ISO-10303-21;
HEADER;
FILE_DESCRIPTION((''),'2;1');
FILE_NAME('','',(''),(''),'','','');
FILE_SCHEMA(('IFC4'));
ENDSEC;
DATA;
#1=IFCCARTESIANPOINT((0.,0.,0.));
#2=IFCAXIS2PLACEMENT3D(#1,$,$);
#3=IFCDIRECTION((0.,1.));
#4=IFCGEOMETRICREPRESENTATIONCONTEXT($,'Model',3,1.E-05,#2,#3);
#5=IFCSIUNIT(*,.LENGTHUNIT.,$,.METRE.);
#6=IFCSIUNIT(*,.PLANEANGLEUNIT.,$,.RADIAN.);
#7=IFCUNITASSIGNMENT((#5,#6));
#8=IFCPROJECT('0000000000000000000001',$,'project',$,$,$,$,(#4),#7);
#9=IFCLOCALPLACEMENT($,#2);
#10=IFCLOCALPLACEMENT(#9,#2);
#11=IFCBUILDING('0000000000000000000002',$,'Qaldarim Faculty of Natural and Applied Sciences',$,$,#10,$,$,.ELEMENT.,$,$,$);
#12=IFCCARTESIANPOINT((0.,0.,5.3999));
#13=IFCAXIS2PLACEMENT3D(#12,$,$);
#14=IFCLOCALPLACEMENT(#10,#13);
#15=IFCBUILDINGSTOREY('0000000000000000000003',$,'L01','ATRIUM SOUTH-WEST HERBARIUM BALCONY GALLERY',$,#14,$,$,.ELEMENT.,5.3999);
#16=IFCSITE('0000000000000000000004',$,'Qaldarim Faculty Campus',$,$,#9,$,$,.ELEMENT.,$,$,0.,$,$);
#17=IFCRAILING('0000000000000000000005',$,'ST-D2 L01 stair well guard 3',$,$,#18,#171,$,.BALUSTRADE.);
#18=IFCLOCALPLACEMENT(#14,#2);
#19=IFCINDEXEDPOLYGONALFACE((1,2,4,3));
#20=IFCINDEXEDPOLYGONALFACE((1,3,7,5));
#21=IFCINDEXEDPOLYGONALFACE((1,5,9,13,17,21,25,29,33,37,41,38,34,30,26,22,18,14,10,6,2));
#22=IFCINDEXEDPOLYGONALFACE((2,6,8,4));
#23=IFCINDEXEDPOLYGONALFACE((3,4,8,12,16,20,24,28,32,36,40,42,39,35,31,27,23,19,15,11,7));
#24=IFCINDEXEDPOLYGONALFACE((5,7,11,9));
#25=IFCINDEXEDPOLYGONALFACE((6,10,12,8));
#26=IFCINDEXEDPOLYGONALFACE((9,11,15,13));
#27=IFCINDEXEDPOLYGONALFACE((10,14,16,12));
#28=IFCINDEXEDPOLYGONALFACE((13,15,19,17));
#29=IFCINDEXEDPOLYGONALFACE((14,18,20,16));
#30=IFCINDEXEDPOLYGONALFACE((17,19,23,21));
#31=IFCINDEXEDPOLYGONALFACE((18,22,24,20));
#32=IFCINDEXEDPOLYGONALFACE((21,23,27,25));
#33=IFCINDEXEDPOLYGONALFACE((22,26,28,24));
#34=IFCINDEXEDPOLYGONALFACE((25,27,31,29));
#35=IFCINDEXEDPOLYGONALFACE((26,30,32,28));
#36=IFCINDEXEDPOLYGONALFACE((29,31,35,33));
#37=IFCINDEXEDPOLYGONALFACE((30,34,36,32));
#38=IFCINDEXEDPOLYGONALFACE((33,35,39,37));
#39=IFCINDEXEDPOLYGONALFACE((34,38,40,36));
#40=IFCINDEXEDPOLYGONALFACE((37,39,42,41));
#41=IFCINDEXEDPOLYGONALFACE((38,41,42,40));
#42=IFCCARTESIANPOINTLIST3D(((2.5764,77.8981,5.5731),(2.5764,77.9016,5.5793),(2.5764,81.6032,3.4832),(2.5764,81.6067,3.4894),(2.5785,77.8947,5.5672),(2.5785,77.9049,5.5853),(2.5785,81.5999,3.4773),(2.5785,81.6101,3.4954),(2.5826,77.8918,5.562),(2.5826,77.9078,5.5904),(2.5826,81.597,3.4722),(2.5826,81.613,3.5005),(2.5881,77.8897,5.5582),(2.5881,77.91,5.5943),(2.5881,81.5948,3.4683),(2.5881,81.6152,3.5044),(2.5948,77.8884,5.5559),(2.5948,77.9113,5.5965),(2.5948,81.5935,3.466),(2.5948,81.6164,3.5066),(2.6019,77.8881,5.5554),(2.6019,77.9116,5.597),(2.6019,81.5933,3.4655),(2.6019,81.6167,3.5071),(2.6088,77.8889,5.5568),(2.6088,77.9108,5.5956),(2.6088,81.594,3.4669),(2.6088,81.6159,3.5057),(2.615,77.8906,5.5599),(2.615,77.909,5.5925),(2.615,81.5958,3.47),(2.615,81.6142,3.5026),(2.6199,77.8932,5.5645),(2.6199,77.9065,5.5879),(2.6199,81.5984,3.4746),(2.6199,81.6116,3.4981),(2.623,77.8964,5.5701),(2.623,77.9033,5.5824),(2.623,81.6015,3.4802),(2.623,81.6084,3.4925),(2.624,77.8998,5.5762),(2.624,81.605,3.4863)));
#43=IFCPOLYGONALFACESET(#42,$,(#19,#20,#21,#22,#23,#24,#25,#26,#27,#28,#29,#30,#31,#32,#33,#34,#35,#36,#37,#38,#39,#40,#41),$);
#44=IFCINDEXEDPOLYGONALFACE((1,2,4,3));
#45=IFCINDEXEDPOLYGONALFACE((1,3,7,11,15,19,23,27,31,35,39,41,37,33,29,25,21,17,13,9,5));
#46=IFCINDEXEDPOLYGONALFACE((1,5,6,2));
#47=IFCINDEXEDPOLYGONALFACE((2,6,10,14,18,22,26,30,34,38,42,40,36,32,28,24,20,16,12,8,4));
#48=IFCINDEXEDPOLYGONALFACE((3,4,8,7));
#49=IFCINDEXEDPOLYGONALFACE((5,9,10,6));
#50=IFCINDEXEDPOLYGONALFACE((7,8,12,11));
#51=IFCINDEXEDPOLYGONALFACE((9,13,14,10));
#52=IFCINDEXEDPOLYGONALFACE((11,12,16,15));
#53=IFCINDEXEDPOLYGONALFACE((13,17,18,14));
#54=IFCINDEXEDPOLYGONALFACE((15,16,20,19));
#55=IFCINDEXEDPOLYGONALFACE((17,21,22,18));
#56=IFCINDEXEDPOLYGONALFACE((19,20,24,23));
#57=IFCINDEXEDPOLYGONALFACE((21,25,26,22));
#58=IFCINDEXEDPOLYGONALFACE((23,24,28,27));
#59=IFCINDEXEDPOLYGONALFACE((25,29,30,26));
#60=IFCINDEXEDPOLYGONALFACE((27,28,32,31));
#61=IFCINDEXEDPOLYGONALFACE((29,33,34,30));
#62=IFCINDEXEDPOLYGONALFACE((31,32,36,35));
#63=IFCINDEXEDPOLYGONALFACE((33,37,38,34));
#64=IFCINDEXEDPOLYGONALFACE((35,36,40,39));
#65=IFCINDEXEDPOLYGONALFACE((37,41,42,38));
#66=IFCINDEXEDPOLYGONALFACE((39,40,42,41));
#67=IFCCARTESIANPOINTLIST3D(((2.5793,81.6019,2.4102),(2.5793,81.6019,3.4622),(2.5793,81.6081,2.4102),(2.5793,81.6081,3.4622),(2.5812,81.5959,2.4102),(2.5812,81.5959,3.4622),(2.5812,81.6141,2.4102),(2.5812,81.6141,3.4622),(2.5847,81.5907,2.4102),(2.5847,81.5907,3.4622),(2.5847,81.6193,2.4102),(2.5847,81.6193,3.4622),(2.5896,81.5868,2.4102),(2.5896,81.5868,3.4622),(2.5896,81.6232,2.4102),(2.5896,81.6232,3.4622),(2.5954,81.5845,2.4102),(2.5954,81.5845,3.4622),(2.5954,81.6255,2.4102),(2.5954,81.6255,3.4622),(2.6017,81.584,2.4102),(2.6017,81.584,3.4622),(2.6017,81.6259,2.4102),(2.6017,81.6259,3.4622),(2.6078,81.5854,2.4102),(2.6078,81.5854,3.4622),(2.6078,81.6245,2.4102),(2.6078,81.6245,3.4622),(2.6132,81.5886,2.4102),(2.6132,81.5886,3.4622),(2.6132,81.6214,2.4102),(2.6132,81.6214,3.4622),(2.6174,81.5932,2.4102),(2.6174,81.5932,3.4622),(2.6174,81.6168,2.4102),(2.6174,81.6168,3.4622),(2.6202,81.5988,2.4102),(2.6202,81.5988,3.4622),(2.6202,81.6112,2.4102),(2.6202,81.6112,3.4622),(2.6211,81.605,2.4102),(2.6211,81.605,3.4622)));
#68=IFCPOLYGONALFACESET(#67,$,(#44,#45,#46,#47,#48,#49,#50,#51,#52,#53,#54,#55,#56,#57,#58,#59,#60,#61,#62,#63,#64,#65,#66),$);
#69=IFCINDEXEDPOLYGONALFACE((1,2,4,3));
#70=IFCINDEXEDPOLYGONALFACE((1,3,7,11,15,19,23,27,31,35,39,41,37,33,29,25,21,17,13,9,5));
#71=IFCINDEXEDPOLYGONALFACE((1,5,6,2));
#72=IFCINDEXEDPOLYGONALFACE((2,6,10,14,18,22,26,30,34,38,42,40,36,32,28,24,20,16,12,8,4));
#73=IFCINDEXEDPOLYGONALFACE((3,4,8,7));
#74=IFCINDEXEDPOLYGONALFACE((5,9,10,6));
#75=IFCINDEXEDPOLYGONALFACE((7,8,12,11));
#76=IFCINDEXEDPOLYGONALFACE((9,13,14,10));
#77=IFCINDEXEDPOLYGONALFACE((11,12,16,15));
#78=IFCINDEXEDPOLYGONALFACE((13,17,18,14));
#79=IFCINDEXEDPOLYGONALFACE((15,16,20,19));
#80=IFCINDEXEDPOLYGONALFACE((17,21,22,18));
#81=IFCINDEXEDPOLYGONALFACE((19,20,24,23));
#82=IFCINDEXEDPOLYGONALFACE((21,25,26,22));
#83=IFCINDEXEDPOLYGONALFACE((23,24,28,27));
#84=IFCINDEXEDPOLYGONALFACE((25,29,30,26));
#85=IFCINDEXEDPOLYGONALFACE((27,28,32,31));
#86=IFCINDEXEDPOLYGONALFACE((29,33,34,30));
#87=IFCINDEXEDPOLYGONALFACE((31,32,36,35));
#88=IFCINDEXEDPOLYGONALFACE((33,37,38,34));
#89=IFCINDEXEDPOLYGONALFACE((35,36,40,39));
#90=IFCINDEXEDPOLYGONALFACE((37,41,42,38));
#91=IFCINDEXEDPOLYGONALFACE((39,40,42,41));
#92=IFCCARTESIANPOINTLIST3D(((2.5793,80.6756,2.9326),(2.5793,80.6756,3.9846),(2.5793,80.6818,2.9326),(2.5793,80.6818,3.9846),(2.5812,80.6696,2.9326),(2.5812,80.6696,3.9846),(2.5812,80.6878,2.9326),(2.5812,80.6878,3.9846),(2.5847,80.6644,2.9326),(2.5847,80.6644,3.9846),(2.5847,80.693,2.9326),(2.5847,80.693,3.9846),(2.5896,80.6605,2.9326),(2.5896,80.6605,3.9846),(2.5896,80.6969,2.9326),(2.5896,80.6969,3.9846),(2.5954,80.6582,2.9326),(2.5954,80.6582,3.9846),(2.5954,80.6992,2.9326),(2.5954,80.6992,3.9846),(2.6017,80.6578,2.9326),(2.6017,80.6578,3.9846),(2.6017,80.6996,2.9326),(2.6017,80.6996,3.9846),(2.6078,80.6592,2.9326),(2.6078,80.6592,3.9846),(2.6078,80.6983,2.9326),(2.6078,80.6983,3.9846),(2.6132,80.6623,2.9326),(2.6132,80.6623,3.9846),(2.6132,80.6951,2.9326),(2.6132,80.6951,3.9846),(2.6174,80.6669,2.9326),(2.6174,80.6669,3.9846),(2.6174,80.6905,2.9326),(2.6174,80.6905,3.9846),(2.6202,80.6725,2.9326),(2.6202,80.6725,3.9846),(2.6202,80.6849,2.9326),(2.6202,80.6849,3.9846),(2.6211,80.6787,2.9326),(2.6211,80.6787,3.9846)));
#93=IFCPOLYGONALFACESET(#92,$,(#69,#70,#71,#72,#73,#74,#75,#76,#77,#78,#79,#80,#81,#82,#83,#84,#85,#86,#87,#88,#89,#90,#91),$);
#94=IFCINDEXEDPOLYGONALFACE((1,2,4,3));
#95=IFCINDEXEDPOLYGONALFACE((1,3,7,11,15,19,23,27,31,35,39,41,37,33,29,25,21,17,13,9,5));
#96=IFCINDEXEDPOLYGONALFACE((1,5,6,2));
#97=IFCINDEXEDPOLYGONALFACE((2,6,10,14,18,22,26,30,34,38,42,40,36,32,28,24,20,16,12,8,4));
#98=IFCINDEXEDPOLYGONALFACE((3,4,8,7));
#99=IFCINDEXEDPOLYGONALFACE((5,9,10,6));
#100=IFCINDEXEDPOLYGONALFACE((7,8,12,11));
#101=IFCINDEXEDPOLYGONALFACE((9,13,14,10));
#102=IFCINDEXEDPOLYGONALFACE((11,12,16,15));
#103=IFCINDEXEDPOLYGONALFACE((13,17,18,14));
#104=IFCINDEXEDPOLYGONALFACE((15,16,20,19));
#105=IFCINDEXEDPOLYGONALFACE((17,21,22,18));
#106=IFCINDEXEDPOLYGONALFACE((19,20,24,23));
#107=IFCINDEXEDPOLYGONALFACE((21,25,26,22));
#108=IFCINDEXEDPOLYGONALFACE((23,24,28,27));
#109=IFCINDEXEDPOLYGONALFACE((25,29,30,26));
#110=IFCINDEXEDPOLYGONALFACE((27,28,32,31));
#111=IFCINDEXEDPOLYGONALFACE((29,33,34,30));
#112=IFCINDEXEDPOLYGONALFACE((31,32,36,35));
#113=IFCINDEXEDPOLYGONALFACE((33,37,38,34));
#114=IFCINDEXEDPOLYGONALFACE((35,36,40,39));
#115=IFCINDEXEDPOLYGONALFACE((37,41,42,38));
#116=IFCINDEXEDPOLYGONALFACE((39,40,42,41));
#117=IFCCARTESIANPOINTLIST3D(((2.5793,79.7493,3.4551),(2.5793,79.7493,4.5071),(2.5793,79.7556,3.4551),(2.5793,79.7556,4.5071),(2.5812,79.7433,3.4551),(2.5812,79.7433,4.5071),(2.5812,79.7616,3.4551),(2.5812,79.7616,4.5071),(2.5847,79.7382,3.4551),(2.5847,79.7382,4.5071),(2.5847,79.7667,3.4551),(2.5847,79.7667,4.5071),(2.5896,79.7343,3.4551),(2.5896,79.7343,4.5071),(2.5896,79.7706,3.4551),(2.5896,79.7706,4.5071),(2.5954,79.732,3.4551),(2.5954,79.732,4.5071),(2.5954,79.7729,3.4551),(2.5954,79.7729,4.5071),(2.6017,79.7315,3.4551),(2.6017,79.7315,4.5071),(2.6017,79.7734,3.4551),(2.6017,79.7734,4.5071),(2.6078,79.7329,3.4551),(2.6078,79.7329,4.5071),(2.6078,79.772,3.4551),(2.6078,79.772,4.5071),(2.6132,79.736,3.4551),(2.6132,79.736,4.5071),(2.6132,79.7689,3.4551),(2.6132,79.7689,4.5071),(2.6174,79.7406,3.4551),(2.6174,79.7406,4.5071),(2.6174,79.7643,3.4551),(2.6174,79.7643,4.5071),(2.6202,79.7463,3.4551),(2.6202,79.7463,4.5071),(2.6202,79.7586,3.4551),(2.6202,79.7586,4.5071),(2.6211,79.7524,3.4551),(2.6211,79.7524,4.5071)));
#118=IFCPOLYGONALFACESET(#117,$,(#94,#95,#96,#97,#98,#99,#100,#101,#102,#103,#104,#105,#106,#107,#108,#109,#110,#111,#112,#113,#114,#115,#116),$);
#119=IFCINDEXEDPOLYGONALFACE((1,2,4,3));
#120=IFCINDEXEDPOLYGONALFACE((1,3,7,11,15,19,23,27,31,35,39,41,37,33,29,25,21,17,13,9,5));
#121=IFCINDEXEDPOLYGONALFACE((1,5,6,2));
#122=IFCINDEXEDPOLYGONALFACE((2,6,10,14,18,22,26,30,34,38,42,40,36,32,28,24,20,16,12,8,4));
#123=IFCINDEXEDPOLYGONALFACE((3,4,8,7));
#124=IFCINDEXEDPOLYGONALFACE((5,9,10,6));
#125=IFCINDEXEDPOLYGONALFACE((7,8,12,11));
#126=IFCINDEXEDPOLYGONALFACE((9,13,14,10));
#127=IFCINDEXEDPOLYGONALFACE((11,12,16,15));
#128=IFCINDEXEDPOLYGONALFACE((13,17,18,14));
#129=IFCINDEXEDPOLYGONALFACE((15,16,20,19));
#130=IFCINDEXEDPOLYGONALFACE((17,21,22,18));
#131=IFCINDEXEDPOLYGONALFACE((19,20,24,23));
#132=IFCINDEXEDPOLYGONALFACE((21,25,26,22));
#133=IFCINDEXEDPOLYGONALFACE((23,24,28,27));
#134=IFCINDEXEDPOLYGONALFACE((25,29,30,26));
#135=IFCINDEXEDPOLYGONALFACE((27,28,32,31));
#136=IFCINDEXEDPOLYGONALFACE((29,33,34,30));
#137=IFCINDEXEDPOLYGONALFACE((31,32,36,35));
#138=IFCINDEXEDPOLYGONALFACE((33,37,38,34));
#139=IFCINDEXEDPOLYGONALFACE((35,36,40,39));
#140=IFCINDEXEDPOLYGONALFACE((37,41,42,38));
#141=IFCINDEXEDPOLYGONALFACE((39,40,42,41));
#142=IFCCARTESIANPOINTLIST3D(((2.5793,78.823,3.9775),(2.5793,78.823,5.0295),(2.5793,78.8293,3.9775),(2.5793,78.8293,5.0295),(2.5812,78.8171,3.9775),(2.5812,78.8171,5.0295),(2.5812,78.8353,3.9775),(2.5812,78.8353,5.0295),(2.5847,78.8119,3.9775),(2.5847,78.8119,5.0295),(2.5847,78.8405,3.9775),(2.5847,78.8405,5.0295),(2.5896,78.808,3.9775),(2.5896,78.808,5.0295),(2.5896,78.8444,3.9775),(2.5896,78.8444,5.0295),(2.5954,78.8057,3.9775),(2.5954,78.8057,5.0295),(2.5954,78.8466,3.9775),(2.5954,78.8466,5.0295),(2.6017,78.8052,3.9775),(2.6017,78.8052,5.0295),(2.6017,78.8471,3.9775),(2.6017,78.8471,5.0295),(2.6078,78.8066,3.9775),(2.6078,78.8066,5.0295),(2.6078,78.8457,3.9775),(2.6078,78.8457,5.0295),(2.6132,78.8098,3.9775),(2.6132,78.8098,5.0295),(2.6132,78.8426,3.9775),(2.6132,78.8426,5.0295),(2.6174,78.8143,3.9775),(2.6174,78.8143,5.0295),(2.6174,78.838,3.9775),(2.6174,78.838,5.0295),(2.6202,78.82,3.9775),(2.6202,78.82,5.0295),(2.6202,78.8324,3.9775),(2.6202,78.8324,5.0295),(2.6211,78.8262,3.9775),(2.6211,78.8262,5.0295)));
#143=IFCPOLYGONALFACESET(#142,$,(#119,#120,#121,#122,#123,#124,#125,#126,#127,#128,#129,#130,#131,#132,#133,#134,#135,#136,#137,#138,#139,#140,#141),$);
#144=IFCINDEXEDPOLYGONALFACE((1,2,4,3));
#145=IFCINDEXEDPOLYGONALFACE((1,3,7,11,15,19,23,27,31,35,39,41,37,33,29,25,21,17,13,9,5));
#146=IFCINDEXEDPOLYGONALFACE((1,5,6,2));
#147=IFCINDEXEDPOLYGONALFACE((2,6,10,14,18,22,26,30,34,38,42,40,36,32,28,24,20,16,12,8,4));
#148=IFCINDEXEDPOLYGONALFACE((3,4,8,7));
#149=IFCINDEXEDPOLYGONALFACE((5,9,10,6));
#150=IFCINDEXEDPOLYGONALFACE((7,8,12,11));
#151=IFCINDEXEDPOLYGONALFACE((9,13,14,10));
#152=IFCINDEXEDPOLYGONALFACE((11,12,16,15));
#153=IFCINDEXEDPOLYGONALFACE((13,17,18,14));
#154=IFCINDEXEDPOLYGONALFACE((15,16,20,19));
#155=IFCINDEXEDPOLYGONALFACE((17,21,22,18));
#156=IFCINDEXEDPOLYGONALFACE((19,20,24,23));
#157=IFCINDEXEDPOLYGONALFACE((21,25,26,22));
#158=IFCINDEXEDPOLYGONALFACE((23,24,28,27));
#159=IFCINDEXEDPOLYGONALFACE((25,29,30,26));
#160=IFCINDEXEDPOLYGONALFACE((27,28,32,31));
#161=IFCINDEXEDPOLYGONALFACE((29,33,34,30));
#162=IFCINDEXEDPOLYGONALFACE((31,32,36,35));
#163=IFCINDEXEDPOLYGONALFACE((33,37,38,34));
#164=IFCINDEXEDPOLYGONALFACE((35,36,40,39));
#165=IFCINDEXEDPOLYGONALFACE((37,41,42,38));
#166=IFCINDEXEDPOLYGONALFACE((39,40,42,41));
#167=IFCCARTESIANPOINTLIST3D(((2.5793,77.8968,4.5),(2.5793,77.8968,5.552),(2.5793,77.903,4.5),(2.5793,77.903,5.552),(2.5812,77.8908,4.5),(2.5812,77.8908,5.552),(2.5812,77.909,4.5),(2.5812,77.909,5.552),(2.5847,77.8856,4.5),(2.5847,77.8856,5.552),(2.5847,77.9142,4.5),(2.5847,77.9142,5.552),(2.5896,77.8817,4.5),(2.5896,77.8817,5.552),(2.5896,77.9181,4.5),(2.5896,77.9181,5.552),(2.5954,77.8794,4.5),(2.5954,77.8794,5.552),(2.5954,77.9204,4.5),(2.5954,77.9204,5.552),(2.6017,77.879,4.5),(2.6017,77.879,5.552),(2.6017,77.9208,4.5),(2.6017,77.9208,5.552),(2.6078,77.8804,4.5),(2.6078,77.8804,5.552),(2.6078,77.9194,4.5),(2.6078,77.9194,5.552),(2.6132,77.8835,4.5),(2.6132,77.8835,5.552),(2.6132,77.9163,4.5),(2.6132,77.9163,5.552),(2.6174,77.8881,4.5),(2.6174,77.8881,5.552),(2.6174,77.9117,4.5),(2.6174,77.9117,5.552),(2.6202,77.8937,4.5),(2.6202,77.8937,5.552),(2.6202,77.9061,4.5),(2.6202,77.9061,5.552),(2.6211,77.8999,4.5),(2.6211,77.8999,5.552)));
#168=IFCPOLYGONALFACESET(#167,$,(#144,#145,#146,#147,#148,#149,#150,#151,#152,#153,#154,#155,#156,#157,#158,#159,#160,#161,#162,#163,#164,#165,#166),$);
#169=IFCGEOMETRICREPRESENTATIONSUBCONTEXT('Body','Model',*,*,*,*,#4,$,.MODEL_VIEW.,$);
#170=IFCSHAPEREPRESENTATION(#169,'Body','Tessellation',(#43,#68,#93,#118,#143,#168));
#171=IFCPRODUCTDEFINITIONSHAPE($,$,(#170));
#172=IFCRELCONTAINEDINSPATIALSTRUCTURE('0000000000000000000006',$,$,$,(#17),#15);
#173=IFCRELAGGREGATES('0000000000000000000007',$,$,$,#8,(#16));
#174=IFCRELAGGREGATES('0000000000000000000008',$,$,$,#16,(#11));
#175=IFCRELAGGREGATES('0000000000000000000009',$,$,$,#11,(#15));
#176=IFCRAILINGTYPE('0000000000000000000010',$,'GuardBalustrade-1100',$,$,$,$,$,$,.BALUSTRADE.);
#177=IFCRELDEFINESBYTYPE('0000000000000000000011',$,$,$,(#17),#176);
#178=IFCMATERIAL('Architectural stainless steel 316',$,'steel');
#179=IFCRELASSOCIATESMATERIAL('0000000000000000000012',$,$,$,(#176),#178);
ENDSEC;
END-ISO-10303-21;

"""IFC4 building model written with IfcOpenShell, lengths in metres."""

from ifc_helpers import new_model, si_unit, direction, frame, origin, origin_2d, place, context, subcontext, project, spatial, circle, extrude, material, type_object, element, save


model = new_model("IFC4")

# Units and contexts
model_context = context("Model", 3, precision=1e-05, world=origin(), true_north=direction((0.0, 1.0)))
body_context = subcontext(model_context, "Body", "Model", "MODEL_VIEW")
ifc_project = project(units=[si_unit("LENGTHUNIT", "METRE"), si_unit("PLANEANGLEUNIT", "RADIAN")], contexts=[model_context])

# Site, building, storey
site_placement = place(None, origin())
site = spatial("IfcSite", under=ifc_project, at=site_placement, Name="Qaldarim Faculty Campus", CompositionType="ELEMENT", RefElevation=0.0)
building_placement = place(site_placement, origin())
building = spatial("IfcBuilding", under=site, at=building_placement, Name="Qaldarim Faculty of Natural and Applied Sciences", CompositionType="ELEMENT")
storey_placement = place(building_placement, frame((0.0, 0.0, 5.3999)))
storey = spatial("IfcBuildingStorey", under=building, at=storey_placement, Name="L01", Description="ATRIUM SOUTH-WEST HERBARIUM BALCONY GALLERY", CompositionType="ELEMENT", Elevation=5.3999)

# Shared definitions
ifc_material_1 = material(Name="Architectural stainless steel 316", Category="steel")

# Railing
railing_type_1 = type_object("IfcRailingType", Name="GuardBalustrade-1100", PredefinedType="BALUSTRADE", material=ifc_material_1)
railing_1_placement = place(storey_placement, frame((2.6001, 81.605, 2.4102)))
element("IfcRailing", 1, at=railing_1_placement, inside=storey, type_object=railing_type_1, Name="ST-D2 L01 stair well guard 3", PredefinedType="BALUSTRADE", context=body_context, shape_type="SweptSolid", body=[
    extrude(circle(Radius=0.0239, at=origin_2d()), frame((0.0, 0.0, 1.0762), z_axis=(0.0, -0.870999, 0.491285), x_axis=(1.0, 0.0, 0.0)), (0.0, 0.0, 1.0), 4.2539),
    extrude(circle(Radius=0.021, at=origin_2d()), origin(), (0.0, 0.0, 1.0), 1.052),
    extrude(circle(Radius=0.021, at=origin_2d()), frame((0.0, -0.9263, 0.5225)), (0.0, 0.0, 1.0), 1.052),
    extrude(circle(Radius=0.021, at=origin_2d()), frame((0.0, -1.8525, 1.0449)), (0.0, 0.0, 1.0), 1.052),
    extrude(circle(Radius=0.021, at=origin_2d()), frame((0.0, -2.7788, 1.5674)), (0.0, 0.0, 1.0), 1.052),
    extrude(circle(Radius=0.021, at=origin_2d()), frame((0.0, -3.7051, 2.0898)), (0.0, 0.0, 1.0), 1.052),
])

save(model, "model.ifc")
